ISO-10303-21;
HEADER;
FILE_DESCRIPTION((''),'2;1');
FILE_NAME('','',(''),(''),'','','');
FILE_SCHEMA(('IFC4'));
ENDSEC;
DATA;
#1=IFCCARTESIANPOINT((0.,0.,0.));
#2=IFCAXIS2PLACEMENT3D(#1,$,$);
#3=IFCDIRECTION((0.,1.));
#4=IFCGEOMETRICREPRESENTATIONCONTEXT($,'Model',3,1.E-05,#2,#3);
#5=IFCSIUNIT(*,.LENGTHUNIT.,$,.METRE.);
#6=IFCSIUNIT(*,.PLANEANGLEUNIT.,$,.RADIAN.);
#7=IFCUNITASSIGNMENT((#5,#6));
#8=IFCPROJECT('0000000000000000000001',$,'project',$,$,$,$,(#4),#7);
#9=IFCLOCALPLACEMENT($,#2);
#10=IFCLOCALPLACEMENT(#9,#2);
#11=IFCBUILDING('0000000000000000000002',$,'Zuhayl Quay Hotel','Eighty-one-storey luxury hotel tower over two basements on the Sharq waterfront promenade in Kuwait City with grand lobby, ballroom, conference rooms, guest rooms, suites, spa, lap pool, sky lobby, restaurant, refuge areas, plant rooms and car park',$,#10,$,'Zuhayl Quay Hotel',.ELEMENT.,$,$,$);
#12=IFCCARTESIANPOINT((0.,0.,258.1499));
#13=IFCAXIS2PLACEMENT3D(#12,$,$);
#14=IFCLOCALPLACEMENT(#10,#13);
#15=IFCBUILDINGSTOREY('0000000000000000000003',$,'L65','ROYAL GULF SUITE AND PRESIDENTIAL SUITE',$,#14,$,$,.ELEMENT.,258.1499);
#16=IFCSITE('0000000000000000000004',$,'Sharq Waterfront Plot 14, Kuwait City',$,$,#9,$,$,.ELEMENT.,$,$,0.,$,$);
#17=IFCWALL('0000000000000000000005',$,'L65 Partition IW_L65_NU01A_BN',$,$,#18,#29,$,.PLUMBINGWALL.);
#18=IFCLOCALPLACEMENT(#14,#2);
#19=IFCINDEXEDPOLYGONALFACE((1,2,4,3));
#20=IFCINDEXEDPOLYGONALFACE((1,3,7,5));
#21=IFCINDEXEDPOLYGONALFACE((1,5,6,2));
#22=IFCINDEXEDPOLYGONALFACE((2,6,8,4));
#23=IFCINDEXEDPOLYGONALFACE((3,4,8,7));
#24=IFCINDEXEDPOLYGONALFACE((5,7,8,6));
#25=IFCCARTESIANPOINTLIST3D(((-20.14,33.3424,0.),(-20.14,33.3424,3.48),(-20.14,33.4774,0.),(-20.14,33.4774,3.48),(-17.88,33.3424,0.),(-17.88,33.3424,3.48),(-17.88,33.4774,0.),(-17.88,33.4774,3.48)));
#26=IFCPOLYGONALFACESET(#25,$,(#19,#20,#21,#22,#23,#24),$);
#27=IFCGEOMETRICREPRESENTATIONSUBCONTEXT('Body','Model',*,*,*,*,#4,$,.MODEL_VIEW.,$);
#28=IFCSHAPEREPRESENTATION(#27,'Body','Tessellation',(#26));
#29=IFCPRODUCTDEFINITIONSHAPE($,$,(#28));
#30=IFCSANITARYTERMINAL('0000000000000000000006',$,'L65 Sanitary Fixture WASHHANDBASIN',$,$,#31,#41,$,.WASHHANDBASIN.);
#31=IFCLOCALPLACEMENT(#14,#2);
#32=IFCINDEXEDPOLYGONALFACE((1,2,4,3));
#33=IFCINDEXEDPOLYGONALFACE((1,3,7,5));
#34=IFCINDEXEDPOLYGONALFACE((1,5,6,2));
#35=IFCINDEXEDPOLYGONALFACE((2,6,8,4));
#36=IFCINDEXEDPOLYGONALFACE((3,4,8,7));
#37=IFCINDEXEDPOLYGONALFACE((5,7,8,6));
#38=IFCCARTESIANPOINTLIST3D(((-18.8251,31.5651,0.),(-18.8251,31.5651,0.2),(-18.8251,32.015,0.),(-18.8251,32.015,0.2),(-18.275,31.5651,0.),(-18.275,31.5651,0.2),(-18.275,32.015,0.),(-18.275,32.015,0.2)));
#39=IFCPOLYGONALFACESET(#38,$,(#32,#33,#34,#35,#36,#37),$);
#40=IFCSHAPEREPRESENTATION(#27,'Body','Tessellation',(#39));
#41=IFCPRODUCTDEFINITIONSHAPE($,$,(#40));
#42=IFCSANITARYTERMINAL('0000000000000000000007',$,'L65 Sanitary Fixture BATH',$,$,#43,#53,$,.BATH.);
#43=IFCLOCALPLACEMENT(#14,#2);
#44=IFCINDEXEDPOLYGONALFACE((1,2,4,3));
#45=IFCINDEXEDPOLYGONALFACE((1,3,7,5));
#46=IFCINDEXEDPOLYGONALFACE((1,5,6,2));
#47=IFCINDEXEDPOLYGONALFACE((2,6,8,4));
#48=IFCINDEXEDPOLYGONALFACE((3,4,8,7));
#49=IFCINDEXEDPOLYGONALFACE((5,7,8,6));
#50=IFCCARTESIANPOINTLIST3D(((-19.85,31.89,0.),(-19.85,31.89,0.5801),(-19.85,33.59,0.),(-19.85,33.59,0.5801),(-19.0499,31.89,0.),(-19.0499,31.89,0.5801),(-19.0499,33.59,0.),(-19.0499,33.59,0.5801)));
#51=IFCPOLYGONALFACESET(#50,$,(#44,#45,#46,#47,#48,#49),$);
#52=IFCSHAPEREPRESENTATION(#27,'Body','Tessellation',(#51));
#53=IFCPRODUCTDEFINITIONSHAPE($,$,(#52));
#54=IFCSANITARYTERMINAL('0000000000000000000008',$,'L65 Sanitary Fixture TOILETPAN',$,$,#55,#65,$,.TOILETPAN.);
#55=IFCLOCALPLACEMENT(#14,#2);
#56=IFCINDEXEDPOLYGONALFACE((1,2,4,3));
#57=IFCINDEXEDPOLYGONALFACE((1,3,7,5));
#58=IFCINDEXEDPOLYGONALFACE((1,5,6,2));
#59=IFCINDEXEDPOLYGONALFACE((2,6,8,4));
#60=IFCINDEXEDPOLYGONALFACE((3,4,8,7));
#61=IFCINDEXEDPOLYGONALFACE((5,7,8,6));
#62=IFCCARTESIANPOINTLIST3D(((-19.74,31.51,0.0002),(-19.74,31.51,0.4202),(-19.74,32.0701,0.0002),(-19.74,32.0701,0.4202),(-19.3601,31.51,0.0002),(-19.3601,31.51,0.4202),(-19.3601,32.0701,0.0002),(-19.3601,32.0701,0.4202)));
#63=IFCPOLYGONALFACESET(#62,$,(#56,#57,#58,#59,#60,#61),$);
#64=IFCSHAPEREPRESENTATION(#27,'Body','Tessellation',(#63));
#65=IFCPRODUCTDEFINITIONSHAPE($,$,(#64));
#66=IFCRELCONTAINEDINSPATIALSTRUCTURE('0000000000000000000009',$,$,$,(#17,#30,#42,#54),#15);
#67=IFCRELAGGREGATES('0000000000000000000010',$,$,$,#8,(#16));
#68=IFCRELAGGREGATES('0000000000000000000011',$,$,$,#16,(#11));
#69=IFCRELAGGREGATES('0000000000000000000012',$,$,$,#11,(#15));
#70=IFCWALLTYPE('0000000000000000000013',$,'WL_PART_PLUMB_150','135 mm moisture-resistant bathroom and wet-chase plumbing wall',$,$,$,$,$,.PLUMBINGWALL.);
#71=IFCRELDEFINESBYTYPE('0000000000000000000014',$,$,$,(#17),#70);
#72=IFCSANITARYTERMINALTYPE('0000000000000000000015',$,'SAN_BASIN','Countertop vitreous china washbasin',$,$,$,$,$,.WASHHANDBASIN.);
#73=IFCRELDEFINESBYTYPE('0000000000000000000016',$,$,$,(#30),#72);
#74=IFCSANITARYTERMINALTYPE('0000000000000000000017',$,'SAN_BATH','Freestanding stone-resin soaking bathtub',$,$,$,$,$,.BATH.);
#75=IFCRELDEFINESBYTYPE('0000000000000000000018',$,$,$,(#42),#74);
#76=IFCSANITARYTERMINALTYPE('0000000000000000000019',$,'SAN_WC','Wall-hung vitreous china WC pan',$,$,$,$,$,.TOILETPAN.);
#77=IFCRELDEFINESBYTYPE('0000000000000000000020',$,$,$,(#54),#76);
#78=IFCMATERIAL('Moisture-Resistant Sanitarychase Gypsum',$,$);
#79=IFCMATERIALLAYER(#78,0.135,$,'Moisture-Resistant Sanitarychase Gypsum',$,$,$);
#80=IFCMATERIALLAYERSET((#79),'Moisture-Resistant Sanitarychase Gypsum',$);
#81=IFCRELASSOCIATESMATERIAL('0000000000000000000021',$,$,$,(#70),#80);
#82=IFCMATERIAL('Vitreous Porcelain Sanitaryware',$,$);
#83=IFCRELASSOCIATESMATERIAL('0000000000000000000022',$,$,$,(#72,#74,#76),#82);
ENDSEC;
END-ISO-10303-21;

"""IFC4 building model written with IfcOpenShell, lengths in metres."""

from ifc_helpers import new_model, si_unit, direction, frame, frame_2d, origin, origin_2d, place, context, subcontext, project, spatial, rectangle, extrude, material, layer, layer_set, type_object, element, save


model = new_model("IFC4")

# Units and contexts
model_context = context("Model", 3, precision=1e-05, world=origin(), true_north=direction((0.0, 1.0)))
body_context = subcontext(model_context, "Body", "Model", "MODEL_VIEW")
ifc_project = project(units=[si_unit("LENGTHUNIT", "METRE"), si_unit("PLANEANGLEUNIT", "RADIAN")], contexts=[model_context])

# Site, building, storey
site_placement = place(None, origin())
site = spatial("IfcSite", under=ifc_project, at=site_placement, Name="Sharq Waterfront Plot 14, Kuwait City", CompositionType="ELEMENT", RefElevation=0.0)
building_placement = place(site_placement, origin())
building = spatial("IfcBuilding", under=site, at=building_placement, Name="Zuhayl Quay Hotel", Description="Eighty-one-storey luxury hotel tower over two basements on the Sharq waterfront promenade in Kuwait City with grand lobby, ballroom, conference rooms, guest rooms, suites, spa, lap pool, sky lobby, restaurant, refuge areas, plant rooms and car park", LongName="Zuhayl Quay Hotel", CompositionType="ELEMENT")
storey_placement = place(building_placement, frame((0.0, 0.0, 258.1499)))
storey = spatial("IfcBuildingStorey", under=building, at=storey_placement, Name="L65", Description="ROYAL GULF SUITE AND PRESIDENTIAL SUITE", CompositionType="ELEMENT", Elevation=258.1499)

# Shared definitions
ifc_material_1 = material(Name="Moisture-Resistant Sanitarychase Gypsum")
ifc_layer_1 = layer(ifc_material_1, 0.135, Name="Moisture-Resistant Sanitarychase Gypsum")
ifc_layer_set_1 = layer_set([ifc_layer_1], Name="Moisture-Resistant Sanitarychase Gypsum")
wall_type_1 = type_object("IfcWallType", Name="WL_PART_PLUMB_150", Description="135 mm moisture-resistant bathroom and wet-chase plumbing wall", PredefinedType="PLUMBINGWALL", material=ifc_layer_set_1)

# Wall
wall_1_placement = place(storey_placement, frame((-20.1399, 33.4099, 0.0), z_axis=(0.0, 0.0, 1.0), x_axis=(1.0, 0.0, 0.0)))
element("IfcWall", 1, at=wall_1_placement, inside=storey, type_object=wall_type_1, Name="L65 Partition IW_L65_NU01A_BN", PredefinedType="PLUMBINGWALL", context=body_context, shape_type="SweptSolid", body=[
    extrude(rectangle(XDim=2.26, YDim=0.135, at=frame_2d((1.1299, 0.0))), origin(), (0.0, 0.0, 1.0), 3.48),
])

# Sanitary terminals
ifc_material_2 = material(Name="Vitreous Porcelain Sanitaryware")
sanitary_terminal_type_1 = type_object("IfcSanitaryTerminalType", Name="SAN_BASIN", Description="Countertop vitreous china washbasin", PredefinedType="WASHHANDBASIN", material=ifc_material_2)
sanitary_terminal_1_placement = place(storey_placement, frame((-18.55, 31.79, 0.0), z_axis=(0.0, 0.0, 1.0), x_axis=(1.0, 0.0, 0.0)))
element("IfcSanitaryTerminal", 2, at=sanitary_terminal_1_placement, inside=storey, type_object=sanitary_terminal_type_1, Name="L65 Sanitary Fixture WASHHANDBASIN", PredefinedType="WASHHANDBASIN", context=body_context, shape_type="SweptSolid", body=[
    extrude(rectangle(XDim=0.55, YDim=0.45, at=origin_2d()), origin(), (0.0, 0.0, 1.0), 0.2),
])
sanitary_terminal_type_2 = type_object("IfcSanitaryTerminalType", Name="SAN_BATH", Description="Freestanding stone-resin soaking bathtub", PredefinedType="BATH", material=ifc_material_2)
sanitary_terminal_2_placement = place(storey_placement, frame((-19.45, 32.74, 0.0), z_axis=(0.0, 0.0, 1.0), x_axis=(1.0, 0.0, 0.0)))
element("IfcSanitaryTerminal", 3, at=sanitary_terminal_2_placement, inside=storey, type_object=sanitary_terminal_type_2, Name="L65 Sanitary Fixture BATH", PredefinedType="BATH", context=body_context, shape_type="SweptSolid", body=[
    extrude(rectangle(XDim=0.8, YDim=1.7, at=origin_2d()), origin(), (0.0, 0.0, 1.0), 0.5801),
])
sanitary_terminal_type_3 = type_object("IfcSanitaryTerminalType", Name="SAN_WC", Description="Wall-hung vitreous china WC pan", PredefinedType="TOILETPAN", material=ifc_material_2)
sanitary_terminal_3_placement = place(storey_placement, frame((-19.55, 31.79, 0.0002), z_axis=(0.0, 0.0, 1.0), x_axis=(1.0, 0.0, 0.0)))
element("IfcSanitaryTerminal", 4, at=sanitary_terminal_3_placement, inside=storey, type_object=sanitary_terminal_type_3, Name="L65 Sanitary Fixture TOILETPAN", PredefinedType="TOILETPAN", context=body_context, shape_type="SweptSolid", body=[
    extrude(rectangle(XDim=0.3799, YDim=0.5601, at=origin_2d()), origin(), (0.0, 0.0, 1.0), 0.4199),
])

save(model, "model.ifc")
